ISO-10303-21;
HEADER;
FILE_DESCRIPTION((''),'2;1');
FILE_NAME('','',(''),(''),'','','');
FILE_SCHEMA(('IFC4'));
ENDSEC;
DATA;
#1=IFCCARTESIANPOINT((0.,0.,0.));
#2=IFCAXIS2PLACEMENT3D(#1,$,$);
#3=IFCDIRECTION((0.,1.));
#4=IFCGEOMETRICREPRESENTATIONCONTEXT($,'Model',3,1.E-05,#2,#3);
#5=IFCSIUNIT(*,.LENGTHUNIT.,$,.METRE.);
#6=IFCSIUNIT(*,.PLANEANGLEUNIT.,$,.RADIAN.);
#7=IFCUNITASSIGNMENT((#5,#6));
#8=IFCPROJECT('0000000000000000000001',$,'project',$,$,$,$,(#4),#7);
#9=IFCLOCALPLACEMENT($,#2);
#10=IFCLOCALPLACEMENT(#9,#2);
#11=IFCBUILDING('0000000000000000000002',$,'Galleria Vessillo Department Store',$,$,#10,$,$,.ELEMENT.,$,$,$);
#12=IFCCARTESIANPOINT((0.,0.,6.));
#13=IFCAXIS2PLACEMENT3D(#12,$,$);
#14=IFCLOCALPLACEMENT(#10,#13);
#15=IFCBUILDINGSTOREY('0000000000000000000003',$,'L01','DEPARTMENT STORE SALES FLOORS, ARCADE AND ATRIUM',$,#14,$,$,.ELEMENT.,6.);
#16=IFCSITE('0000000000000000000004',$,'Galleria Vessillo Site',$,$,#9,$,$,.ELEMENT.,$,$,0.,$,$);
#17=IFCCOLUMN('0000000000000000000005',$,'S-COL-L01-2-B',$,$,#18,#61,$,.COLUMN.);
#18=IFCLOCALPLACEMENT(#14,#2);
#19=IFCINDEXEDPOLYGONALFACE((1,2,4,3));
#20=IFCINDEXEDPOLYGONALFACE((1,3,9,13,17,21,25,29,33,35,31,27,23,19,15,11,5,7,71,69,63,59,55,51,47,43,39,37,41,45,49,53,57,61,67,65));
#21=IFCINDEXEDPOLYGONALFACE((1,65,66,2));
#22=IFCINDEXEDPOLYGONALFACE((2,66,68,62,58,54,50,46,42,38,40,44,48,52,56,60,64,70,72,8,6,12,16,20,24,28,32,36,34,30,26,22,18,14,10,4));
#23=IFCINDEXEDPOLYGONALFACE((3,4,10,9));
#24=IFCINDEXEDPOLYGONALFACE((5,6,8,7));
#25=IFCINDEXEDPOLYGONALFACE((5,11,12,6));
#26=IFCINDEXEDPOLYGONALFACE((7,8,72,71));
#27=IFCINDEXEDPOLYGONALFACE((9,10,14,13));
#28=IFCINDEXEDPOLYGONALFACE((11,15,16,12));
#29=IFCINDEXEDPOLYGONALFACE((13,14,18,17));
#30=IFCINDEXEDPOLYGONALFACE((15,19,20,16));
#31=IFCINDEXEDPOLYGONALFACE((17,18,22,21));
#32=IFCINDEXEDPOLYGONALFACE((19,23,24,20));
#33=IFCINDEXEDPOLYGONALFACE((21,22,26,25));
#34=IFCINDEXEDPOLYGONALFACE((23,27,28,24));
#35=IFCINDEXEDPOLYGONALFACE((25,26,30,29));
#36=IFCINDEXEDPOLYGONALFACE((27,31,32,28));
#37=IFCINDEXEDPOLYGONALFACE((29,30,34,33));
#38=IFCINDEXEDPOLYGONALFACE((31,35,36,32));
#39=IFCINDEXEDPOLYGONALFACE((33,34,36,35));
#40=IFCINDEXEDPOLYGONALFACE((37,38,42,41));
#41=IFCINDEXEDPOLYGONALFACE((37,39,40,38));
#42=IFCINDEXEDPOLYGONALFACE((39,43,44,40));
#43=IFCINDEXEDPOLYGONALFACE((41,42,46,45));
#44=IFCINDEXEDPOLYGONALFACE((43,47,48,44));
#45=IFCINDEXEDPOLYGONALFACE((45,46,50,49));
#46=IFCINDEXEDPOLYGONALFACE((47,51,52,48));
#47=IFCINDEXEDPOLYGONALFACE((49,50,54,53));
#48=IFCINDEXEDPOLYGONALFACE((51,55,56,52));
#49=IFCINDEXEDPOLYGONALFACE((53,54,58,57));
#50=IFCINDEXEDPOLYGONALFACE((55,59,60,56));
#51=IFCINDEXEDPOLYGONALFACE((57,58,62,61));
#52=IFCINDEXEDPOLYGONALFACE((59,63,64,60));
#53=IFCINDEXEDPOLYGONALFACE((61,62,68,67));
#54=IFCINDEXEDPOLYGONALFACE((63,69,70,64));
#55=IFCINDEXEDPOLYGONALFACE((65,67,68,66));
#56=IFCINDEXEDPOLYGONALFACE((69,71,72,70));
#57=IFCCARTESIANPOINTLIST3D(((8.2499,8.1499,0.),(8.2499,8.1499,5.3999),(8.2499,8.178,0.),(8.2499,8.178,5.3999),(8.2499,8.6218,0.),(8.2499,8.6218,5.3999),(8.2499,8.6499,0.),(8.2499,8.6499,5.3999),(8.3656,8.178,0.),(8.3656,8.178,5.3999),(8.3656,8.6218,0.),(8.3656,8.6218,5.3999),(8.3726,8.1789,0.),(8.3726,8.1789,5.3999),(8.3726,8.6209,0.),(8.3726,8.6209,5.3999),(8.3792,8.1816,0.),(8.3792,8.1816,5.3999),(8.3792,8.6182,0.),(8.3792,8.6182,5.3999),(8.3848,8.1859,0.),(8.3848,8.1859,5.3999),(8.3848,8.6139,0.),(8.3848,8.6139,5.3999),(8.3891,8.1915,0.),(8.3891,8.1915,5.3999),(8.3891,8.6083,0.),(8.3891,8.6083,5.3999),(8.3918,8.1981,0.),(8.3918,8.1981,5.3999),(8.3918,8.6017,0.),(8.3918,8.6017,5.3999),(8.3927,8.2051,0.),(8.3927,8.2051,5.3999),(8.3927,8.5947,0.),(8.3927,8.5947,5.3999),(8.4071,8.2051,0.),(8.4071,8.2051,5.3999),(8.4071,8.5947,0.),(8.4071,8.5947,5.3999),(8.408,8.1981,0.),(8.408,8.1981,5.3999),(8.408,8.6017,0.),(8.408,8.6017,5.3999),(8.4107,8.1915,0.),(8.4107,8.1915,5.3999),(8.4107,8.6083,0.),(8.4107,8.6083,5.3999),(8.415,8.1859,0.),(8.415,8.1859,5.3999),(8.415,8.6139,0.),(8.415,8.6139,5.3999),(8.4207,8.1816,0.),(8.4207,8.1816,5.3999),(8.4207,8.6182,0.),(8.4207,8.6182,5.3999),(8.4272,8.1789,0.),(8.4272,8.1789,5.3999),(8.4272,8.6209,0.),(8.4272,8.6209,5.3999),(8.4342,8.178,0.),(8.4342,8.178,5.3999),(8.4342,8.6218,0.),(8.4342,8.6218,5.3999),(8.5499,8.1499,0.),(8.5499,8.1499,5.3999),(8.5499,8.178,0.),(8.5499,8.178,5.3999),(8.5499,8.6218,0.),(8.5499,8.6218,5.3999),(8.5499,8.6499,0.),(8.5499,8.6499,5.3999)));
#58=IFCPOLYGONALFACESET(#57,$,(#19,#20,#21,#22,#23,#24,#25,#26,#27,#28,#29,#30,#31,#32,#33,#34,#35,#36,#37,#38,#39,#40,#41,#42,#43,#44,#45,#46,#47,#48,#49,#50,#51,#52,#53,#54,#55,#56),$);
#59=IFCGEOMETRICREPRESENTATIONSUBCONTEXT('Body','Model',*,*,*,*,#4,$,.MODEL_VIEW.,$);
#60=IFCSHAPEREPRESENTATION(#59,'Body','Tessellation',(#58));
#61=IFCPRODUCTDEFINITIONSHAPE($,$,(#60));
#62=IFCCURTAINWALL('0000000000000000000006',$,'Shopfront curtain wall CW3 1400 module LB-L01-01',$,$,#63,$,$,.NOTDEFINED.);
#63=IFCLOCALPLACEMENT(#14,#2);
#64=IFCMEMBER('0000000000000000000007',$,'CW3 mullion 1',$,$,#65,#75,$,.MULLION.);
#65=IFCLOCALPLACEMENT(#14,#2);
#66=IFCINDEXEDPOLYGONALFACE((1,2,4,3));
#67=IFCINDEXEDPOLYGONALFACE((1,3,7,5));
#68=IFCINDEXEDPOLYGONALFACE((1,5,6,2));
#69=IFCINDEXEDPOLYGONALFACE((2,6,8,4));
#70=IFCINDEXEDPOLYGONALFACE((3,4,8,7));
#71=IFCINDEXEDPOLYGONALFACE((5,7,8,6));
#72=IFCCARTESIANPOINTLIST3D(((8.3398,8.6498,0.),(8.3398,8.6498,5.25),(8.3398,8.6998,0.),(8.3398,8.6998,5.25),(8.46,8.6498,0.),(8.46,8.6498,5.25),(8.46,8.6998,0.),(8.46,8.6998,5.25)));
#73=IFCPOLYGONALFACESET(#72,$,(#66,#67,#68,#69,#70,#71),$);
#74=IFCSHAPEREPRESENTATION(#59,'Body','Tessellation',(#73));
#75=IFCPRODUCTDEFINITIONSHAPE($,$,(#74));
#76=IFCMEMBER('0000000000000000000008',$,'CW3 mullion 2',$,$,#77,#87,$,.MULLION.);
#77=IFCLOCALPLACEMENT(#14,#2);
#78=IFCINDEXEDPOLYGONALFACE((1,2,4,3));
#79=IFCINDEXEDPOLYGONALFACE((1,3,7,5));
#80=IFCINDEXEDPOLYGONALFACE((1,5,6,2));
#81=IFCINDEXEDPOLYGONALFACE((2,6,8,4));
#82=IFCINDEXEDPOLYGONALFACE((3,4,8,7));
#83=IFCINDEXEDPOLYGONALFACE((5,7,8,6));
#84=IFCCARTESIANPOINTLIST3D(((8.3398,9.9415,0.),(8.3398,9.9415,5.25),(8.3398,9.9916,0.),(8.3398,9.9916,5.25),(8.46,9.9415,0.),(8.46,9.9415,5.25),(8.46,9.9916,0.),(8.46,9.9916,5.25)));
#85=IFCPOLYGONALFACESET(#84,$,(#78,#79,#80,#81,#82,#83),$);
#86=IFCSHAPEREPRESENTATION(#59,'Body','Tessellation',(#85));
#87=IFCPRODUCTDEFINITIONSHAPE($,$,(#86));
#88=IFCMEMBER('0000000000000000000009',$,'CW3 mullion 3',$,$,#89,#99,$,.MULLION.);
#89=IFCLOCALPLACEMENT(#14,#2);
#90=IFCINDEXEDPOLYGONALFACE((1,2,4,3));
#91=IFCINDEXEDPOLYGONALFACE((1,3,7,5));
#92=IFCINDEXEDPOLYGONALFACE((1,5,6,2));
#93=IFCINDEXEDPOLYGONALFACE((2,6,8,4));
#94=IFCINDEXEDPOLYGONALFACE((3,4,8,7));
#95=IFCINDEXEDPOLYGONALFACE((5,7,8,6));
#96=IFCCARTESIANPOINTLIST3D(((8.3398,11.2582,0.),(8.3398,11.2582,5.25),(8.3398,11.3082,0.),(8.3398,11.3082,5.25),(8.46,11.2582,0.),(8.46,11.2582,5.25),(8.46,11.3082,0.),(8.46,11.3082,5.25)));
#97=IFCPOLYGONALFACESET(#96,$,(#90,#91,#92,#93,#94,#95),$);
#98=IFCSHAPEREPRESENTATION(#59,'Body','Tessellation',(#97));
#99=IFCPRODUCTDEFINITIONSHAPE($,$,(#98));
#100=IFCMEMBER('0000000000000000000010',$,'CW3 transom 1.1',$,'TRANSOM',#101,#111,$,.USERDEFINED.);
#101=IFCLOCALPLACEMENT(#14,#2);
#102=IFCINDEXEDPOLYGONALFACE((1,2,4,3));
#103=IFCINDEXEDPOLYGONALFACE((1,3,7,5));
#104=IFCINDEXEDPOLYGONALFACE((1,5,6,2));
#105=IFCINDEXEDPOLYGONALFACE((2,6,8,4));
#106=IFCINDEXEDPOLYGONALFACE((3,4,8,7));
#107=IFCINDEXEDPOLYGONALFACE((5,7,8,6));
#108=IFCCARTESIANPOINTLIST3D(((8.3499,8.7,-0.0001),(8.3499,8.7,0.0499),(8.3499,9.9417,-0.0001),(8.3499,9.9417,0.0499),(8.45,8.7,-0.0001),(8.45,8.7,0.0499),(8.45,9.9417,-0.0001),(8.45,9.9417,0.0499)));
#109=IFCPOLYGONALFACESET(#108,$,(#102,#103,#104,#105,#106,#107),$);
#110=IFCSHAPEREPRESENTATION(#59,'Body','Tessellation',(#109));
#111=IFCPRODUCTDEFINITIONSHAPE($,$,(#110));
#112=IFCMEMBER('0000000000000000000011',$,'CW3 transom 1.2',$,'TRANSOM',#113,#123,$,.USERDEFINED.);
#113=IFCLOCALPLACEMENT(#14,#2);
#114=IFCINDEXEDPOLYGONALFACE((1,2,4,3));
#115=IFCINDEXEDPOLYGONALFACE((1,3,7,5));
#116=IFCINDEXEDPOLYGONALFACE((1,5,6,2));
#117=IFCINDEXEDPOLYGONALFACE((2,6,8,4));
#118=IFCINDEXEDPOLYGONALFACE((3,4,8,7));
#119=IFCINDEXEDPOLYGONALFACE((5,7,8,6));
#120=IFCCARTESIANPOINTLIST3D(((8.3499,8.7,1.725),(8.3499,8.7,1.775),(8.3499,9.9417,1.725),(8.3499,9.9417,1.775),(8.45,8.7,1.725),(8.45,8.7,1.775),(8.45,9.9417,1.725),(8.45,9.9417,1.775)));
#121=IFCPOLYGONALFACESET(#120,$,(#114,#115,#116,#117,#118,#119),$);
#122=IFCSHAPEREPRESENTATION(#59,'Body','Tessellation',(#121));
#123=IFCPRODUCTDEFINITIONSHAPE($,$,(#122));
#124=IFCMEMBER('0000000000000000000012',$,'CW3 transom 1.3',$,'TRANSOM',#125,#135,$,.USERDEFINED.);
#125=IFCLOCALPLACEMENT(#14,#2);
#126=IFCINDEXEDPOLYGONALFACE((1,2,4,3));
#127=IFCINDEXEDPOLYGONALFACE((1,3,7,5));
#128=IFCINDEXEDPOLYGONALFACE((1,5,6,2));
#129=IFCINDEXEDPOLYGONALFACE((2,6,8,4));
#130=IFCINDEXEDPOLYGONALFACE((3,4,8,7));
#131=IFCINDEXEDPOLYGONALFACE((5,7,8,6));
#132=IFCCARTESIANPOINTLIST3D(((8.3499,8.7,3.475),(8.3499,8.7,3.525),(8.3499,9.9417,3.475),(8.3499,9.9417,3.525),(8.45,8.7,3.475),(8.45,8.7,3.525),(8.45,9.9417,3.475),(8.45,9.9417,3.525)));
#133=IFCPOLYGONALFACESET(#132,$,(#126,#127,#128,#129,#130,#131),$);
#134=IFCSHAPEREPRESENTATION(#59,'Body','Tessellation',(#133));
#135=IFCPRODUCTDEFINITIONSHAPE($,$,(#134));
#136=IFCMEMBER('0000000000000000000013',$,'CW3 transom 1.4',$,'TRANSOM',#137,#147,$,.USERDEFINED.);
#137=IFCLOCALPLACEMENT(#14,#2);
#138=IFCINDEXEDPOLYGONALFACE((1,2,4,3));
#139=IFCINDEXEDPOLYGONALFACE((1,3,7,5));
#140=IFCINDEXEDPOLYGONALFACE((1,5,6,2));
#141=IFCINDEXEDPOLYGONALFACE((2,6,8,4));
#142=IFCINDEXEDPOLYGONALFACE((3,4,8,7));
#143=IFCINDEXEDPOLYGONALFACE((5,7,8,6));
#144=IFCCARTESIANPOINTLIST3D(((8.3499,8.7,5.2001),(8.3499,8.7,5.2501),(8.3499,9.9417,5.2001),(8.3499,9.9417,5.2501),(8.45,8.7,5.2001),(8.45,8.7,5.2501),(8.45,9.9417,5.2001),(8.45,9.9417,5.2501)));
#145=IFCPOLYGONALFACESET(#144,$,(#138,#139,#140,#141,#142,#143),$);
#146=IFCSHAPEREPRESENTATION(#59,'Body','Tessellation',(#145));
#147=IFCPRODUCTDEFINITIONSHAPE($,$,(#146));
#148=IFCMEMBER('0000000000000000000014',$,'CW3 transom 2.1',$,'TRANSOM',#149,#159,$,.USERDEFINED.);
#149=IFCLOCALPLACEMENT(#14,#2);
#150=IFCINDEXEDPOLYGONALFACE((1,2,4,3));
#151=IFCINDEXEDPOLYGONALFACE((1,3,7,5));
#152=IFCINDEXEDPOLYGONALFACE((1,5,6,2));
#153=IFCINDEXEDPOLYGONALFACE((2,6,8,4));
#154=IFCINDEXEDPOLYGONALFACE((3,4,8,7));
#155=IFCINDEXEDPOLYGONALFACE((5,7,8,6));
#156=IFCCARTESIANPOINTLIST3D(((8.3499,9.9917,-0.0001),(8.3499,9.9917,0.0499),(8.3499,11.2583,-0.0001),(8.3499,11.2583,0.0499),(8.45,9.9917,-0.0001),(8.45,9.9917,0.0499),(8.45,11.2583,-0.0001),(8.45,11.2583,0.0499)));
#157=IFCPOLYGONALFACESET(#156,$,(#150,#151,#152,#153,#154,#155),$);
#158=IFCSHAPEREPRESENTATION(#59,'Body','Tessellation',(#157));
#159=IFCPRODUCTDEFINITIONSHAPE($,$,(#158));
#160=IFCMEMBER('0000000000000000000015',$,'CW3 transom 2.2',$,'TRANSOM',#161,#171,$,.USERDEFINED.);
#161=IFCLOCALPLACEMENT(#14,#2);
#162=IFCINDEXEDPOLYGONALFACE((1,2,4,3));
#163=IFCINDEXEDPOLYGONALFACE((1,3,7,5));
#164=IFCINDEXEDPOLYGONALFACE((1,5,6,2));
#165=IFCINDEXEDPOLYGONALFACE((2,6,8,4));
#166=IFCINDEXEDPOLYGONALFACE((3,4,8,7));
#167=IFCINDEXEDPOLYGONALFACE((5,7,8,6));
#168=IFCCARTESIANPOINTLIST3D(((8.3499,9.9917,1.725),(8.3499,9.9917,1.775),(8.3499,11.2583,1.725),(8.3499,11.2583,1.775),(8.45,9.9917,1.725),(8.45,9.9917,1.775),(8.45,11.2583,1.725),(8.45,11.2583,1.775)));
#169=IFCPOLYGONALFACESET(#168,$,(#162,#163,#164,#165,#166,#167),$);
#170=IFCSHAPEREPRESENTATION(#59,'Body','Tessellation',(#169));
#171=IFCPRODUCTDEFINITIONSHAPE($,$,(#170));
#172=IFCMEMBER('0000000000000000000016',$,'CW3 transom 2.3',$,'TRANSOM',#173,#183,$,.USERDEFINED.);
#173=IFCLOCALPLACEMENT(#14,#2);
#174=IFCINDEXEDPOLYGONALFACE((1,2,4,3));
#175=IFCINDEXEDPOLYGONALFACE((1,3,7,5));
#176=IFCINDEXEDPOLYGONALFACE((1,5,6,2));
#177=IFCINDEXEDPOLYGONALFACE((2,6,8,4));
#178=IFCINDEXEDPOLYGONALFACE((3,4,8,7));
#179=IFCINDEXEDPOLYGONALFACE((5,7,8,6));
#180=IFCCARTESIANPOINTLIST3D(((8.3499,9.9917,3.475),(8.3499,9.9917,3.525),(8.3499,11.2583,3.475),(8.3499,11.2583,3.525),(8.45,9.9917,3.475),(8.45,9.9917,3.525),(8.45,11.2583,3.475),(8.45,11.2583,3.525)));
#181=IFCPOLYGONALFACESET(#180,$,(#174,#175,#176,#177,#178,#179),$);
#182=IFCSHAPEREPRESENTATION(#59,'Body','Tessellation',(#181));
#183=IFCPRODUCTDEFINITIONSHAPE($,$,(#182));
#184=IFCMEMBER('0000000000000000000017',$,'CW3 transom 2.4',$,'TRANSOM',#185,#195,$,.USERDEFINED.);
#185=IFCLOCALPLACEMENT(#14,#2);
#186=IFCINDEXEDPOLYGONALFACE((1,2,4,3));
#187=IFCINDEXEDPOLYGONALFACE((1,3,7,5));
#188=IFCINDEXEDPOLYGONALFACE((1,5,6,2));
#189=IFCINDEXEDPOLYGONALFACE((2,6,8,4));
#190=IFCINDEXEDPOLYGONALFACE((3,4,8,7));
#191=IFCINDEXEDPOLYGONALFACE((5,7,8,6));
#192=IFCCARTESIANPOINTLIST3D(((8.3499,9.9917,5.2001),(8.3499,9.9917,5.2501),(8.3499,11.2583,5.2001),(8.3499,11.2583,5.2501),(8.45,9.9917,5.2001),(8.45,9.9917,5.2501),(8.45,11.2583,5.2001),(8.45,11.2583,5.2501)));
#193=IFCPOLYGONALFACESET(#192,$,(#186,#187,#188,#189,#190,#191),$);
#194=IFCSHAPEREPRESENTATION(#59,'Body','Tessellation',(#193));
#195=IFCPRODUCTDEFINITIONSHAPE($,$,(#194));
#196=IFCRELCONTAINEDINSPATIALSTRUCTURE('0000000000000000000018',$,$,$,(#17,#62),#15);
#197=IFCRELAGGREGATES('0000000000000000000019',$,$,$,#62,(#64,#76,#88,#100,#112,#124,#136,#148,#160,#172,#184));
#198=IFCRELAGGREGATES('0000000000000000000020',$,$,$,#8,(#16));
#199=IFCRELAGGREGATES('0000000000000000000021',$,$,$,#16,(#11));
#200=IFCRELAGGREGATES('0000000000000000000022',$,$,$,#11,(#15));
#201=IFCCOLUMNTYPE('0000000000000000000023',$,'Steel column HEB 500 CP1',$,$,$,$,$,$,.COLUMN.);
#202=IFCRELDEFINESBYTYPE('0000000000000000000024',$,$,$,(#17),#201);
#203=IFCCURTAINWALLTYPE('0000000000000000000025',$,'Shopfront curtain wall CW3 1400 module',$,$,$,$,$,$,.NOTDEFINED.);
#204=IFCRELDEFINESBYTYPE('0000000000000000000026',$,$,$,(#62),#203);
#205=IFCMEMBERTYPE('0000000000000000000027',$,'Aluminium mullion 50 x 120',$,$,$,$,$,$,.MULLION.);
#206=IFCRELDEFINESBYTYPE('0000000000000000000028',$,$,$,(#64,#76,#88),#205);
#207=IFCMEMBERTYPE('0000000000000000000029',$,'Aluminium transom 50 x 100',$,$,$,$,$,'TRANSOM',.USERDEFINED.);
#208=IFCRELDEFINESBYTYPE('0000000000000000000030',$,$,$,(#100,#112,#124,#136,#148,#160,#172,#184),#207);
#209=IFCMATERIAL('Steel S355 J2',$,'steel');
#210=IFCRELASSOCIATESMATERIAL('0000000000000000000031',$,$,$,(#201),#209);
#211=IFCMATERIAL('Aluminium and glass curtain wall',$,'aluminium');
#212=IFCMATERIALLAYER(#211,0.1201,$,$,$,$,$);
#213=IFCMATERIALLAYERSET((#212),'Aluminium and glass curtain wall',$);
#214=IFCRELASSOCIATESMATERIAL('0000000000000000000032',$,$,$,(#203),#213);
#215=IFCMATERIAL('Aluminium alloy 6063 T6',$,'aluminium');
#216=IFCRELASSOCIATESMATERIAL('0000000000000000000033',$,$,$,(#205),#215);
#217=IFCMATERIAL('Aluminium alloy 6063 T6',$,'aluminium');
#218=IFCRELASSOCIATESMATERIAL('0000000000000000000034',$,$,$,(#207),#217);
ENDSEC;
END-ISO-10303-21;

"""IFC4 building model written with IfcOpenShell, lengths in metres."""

from ifc_helpers import new_model, si_unit, direction, frame, origin, origin_2d, place, context, subcontext, project, spatial, rectangle, i_section, extrude, material, layer, layer_set, material_profile, profile_set, type_object, element, aggregate, save


model = new_model("IFC4")

# Units and contexts
model_context = context("Model", 3, precision=1e-05, world=origin(), true_north=direction((0.0, 1.0)))
body_context = subcontext(model_context, "Body", "Model", "MODEL_VIEW")
ifc_project = project(units=[si_unit("LENGTHUNIT", "METRE"), si_unit("PLANEANGLEUNIT", "RADIAN")], contexts=[model_context])

# Site, building, storey
site_placement = place(None, origin())
site = spatial("IfcSite", under=ifc_project, at=site_placement, Name="Galleria Vessillo Site", CompositionType="ELEMENT", RefElevation=0.0)
building_placement = place(site_placement, origin())
building = spatial("IfcBuilding", under=site, at=building_placement, Name="Galleria Vessillo Department Store", CompositionType="ELEMENT")
storey_placement = place(building_placement, frame((0.0, 0.0, 6.0)))
storey = spatial("IfcBuildingStorey", under=building, at=storey_placement, Name="L01", Description="DEPARTMENT STORE SALES FLOORS, ARCADE AND ATRIUM", CompositionType="ELEMENT", Elevation=6.0)

# Column
ifc_material_1 = material(Name="Steel S355 J2", Category="steel")
ifc_material_profile_1 = material_profile(ifc_material_1, i_section(OverallWidth=0.3, OverallDepth=0.5, WebThickness=0.0144, FlangeThickness=0.0281, FilletRadius=0.0271, at=origin_2d()), Name="HEB 500")
ifc_profile_set_1 = profile_set([ifc_material_profile_1], Name="Steel S355 J2")
column_type_1 = type_object("IfcColumnType", Name="Steel column HEB 500 CP1", PredefinedType="COLUMN", material=ifc_profile_set_1)
column_placement = place(storey_placement, frame((8.3999, 8.3999, 0.0), z_axis=(0.0, 0.0, 1.0), x_axis=(1.0, 0.0, 0.0)))
element("IfcColumn", 1, at=column_placement, inside=storey, type_object=column_type_1, Name="S-COL-L01-2-B", PredefinedType="COLUMN", context=body_context, shape_type="SweptSolid", body=[
    extrude(i_section(OverallWidth=0.3, OverallDepth=0.5, WebThickness=0.0144, FlangeThickness=0.0281, FilletRadius=0.0271, at=origin_2d()), origin(), (0.0, 0.0, 1.0), 5.3999),
])

# Curtain wall, members
ifc_material_2 = material(Name="Aluminium and glass curtain wall", Category="aluminium")
ifc_layer_1 = layer(ifc_material_2, 0.1201)
ifc_layer_set_1 = layer_set([ifc_layer_1], Name="Aluminium and glass curtain wall")
curtain_wall_type = type_object("IfcCurtainWallType", Name="Shopfront curtain wall CW3 1400 module", PredefinedType="NOTDEFINED", material=ifc_layer_set_1)
curtain_wall_placement = place(storey_placement, origin())
curtain_wall = element("IfcCurtainWall", 2, at=curtain_wall_placement, inside=storey, type_object=curtain_wall_type, Name="Shopfront curtain wall CW3 1400 module LB-L01-01", PredefinedType="NOTDEFINED")
ifc_material_3 = material(Name="Aluminium alloy 6063 T6", Category="aluminium")
ifc_material_profile_2 = material_profile(ifc_material_3, rectangle(XDim=0.1201, YDim=0.05, at=origin_2d()), Name="AL 50x120")
ifc_profile_set_2 = profile_set([ifc_material_profile_2], Name="Aluminium alloy 6063 T6")
member_type_1 = type_object("IfcMemberType", Name="Aluminium mullion 50 x 120", PredefinedType="MULLION", material=ifc_profile_set_2)
member_1_placement = place(storey_placement, frame((8.3999, 8.6748, 0.0), z_axis=(0.0, 0.0, 1.0), x_axis=(-1.0, 0.0, 0.0)))
member_1 = element("IfcMember", 3, at=member_1_placement, type_object=member_type_1, Name="CW3 mullion 1", PredefinedType="MULLION", context=body_context, shape_type="SweptSolid", body=[
    extrude(rectangle(XDim=0.1201, YDim=0.05, at=origin_2d()), origin(), (0.0, 0.0, 1.0), 5.25),
])
member_2_placement = place(storey_placement, frame((8.3999, 9.9666, 0.0), z_axis=(0.0, 0.0, 1.0), x_axis=(-1.0, 0.0, 0.0)))
member_2 = element("IfcMember", 4, at=member_2_placement, type_object=member_type_1, Name="CW3 mullion 2", PredefinedType="MULLION", context=body_context, shape_type="SweptSolid", body=[
    extrude(rectangle(XDim=0.1201, YDim=0.05, at=origin_2d()), origin(), (0.0, 0.0, 1.0), 5.25),
])
member_3_placement = place(storey_placement, frame((8.3999, 11.2832, 0.0), z_axis=(0.0, 0.0, 1.0), x_axis=(-1.0, 0.0, 0.0)))
member_3 = element("IfcMember", 5, at=member_3_placement, type_object=member_type_1, Name="CW3 mullion 3", PredefinedType="MULLION", context=body_context, shape_type="SweptSolid", body=[
    extrude(rectangle(XDim=0.1201, YDim=0.05, at=origin_2d()), origin(), (0.0, 0.0, 1.0), 5.25),
])
ifc_material_4 = material(Name="Aluminium alloy 6063 T6", Category="aluminium")
ifc_material_profile_3 = material_profile(ifc_material_4, rectangle(XDim=0.1001, YDim=0.05, at=origin_2d()), Name="AL 50x100")
ifc_profile_set_3 = profile_set([ifc_material_profile_3], Name="Aluminium alloy 6063 T6")
member_type_2 = type_object("IfcMemberType", Name="Aluminium transom 50 x 100", ElementType="TRANSOM", PredefinedType="USERDEFINED", material=ifc_profile_set_3)
member_4_placement = place(storey_placement, frame((8.3999, 8.7, 0.0249), z_axis=(0.0, 1.0, 0.0), x_axis=(-1.0, 0.0, 0.0)))
member_4 = element("IfcMember", 6, at=member_4_placement, type_object=member_type_2, Name="CW3 transom 1.1", ObjectType="TRANSOM", PredefinedType="USERDEFINED", context=body_context, shape_type="SweptSolid", body=[
    extrude(rectangle(XDim=0.1001, YDim=0.05, at=origin_2d()), origin(), (0.0, 0.0, 1.0), 1.2417),
])
member_5_placement = place(storey_placement, frame((8.3999, 8.7, 1.75), z_axis=(0.0, 1.0, 0.0), x_axis=(-1.0, 0.0, 0.0)))
member_5 = element("IfcMember", 7, at=member_5_placement, type_object=member_type_2, Name="CW3 transom 1.2", ObjectType="TRANSOM", PredefinedType="USERDEFINED", context=body_context, shape_type="SweptSolid", body=[
    extrude(rectangle(XDim=0.1001, YDim=0.05, at=origin_2d()), origin(), (0.0, 0.0, 1.0), 1.2417),
])
member_6_placement = place(storey_placement, frame((8.3999, 8.7, 3.5), z_axis=(0.0, 1.0, 0.0), x_axis=(-1.0, 0.0, 0.0)))
member_6 = element("IfcMember", 8, at=member_6_placement, type_object=member_type_2, Name="CW3 transom 1.3", ObjectType="TRANSOM", PredefinedType="USERDEFINED", context=body_context, shape_type="SweptSolid", body=[
    extrude(rectangle(XDim=0.1001, YDim=0.05, at=origin_2d()), origin(), (0.0, 0.0, 1.0), 1.2417),
])
member_7_placement = place(storey_placement, frame((8.3999, 8.7, 5.2251), z_axis=(0.0, 1.0, 0.0), x_axis=(-1.0, 0.0, 0.0)))
member_7 = element("IfcMember", 9, at=member_7_placement, type_object=member_type_2, Name="CW3 transom 1.4", ObjectType="TRANSOM", PredefinedType="USERDEFINED", context=body_context, shape_type="SweptSolid", body=[
    extrude(rectangle(XDim=0.1001, YDim=0.05, at=origin_2d()), origin(), (0.0, 0.0, 1.0), 1.2417),
])
member_8_placement = place(storey_placement, frame((8.3999, 9.9917, 0.0249), z_axis=(0.0, 1.0, 0.0), x_axis=(-1.0, 0.0, 0.0)))
member_8 = element("IfcMember", 10, at=member_8_placement, type_object=member_type_2, Name="CW3 transom 2.1", ObjectType="TRANSOM", PredefinedType="USERDEFINED", context=body_context, shape_type="SweptSolid", body=[
    extrude(rectangle(XDim=0.1001, YDim=0.05, at=origin_2d()), origin(), (0.0, 0.0, 1.0), 1.2666),
])
member_9_placement = place(storey_placement, frame((8.3999, 9.9917, 1.75), z_axis=(0.0, 1.0, 0.0), x_axis=(-1.0, 0.0, 0.0)))
member_9 = element("IfcMember", 11, at=member_9_placement, type_object=member_type_2, Name="CW3 transom 2.2", ObjectType="TRANSOM", PredefinedType="USERDEFINED", context=body_context, shape_type="SweptSolid", body=[
    extrude(rectangle(XDim=0.1001, YDim=0.05, at=origin_2d()), origin(), (0.0, 0.0, 1.0), 1.2666),
])
member_10_placement = place(storey_placement, frame((8.3999, 9.9917, 3.5), z_axis=(0.0, 1.0, 0.0), x_axis=(-1.0, 0.0, 0.0)))
member_10 = element("IfcMember", 12, at=member_10_placement, type_object=member_type_2, Name="CW3 transom 2.3", ObjectType="TRANSOM", PredefinedType="USERDEFINED", context=body_context, shape_type="SweptSolid", body=[
    extrude(rectangle(XDim=0.1001, YDim=0.05, at=origin_2d()), origin(), (0.0, 0.0, 1.0), 1.2666),
])
member_11_placement = place(storey_placement, frame((8.3999, 9.9917, 5.2251), z_axis=(0.0, 1.0, 0.0), x_axis=(-1.0, 0.0, 0.0)))
member_11 = element("IfcMember", 13, at=member_11_placement, type_object=member_type_2, Name="CW3 transom 2.4", ObjectType="TRANSOM", PredefinedType="USERDEFINED", context=body_context, shape_type="SweptSolid", body=[
    extrude(rectangle(XDim=0.1001, YDim=0.05, at=origin_2d()), origin(), (0.0, 0.0, 1.0), 1.2666),
])
aggregate(curtain_wall, [member_1, member_2, member_3, member_4, member_5, member_6, member_7, member_8, member_9, member_10, member_11])

save(model, "model.ifc")
